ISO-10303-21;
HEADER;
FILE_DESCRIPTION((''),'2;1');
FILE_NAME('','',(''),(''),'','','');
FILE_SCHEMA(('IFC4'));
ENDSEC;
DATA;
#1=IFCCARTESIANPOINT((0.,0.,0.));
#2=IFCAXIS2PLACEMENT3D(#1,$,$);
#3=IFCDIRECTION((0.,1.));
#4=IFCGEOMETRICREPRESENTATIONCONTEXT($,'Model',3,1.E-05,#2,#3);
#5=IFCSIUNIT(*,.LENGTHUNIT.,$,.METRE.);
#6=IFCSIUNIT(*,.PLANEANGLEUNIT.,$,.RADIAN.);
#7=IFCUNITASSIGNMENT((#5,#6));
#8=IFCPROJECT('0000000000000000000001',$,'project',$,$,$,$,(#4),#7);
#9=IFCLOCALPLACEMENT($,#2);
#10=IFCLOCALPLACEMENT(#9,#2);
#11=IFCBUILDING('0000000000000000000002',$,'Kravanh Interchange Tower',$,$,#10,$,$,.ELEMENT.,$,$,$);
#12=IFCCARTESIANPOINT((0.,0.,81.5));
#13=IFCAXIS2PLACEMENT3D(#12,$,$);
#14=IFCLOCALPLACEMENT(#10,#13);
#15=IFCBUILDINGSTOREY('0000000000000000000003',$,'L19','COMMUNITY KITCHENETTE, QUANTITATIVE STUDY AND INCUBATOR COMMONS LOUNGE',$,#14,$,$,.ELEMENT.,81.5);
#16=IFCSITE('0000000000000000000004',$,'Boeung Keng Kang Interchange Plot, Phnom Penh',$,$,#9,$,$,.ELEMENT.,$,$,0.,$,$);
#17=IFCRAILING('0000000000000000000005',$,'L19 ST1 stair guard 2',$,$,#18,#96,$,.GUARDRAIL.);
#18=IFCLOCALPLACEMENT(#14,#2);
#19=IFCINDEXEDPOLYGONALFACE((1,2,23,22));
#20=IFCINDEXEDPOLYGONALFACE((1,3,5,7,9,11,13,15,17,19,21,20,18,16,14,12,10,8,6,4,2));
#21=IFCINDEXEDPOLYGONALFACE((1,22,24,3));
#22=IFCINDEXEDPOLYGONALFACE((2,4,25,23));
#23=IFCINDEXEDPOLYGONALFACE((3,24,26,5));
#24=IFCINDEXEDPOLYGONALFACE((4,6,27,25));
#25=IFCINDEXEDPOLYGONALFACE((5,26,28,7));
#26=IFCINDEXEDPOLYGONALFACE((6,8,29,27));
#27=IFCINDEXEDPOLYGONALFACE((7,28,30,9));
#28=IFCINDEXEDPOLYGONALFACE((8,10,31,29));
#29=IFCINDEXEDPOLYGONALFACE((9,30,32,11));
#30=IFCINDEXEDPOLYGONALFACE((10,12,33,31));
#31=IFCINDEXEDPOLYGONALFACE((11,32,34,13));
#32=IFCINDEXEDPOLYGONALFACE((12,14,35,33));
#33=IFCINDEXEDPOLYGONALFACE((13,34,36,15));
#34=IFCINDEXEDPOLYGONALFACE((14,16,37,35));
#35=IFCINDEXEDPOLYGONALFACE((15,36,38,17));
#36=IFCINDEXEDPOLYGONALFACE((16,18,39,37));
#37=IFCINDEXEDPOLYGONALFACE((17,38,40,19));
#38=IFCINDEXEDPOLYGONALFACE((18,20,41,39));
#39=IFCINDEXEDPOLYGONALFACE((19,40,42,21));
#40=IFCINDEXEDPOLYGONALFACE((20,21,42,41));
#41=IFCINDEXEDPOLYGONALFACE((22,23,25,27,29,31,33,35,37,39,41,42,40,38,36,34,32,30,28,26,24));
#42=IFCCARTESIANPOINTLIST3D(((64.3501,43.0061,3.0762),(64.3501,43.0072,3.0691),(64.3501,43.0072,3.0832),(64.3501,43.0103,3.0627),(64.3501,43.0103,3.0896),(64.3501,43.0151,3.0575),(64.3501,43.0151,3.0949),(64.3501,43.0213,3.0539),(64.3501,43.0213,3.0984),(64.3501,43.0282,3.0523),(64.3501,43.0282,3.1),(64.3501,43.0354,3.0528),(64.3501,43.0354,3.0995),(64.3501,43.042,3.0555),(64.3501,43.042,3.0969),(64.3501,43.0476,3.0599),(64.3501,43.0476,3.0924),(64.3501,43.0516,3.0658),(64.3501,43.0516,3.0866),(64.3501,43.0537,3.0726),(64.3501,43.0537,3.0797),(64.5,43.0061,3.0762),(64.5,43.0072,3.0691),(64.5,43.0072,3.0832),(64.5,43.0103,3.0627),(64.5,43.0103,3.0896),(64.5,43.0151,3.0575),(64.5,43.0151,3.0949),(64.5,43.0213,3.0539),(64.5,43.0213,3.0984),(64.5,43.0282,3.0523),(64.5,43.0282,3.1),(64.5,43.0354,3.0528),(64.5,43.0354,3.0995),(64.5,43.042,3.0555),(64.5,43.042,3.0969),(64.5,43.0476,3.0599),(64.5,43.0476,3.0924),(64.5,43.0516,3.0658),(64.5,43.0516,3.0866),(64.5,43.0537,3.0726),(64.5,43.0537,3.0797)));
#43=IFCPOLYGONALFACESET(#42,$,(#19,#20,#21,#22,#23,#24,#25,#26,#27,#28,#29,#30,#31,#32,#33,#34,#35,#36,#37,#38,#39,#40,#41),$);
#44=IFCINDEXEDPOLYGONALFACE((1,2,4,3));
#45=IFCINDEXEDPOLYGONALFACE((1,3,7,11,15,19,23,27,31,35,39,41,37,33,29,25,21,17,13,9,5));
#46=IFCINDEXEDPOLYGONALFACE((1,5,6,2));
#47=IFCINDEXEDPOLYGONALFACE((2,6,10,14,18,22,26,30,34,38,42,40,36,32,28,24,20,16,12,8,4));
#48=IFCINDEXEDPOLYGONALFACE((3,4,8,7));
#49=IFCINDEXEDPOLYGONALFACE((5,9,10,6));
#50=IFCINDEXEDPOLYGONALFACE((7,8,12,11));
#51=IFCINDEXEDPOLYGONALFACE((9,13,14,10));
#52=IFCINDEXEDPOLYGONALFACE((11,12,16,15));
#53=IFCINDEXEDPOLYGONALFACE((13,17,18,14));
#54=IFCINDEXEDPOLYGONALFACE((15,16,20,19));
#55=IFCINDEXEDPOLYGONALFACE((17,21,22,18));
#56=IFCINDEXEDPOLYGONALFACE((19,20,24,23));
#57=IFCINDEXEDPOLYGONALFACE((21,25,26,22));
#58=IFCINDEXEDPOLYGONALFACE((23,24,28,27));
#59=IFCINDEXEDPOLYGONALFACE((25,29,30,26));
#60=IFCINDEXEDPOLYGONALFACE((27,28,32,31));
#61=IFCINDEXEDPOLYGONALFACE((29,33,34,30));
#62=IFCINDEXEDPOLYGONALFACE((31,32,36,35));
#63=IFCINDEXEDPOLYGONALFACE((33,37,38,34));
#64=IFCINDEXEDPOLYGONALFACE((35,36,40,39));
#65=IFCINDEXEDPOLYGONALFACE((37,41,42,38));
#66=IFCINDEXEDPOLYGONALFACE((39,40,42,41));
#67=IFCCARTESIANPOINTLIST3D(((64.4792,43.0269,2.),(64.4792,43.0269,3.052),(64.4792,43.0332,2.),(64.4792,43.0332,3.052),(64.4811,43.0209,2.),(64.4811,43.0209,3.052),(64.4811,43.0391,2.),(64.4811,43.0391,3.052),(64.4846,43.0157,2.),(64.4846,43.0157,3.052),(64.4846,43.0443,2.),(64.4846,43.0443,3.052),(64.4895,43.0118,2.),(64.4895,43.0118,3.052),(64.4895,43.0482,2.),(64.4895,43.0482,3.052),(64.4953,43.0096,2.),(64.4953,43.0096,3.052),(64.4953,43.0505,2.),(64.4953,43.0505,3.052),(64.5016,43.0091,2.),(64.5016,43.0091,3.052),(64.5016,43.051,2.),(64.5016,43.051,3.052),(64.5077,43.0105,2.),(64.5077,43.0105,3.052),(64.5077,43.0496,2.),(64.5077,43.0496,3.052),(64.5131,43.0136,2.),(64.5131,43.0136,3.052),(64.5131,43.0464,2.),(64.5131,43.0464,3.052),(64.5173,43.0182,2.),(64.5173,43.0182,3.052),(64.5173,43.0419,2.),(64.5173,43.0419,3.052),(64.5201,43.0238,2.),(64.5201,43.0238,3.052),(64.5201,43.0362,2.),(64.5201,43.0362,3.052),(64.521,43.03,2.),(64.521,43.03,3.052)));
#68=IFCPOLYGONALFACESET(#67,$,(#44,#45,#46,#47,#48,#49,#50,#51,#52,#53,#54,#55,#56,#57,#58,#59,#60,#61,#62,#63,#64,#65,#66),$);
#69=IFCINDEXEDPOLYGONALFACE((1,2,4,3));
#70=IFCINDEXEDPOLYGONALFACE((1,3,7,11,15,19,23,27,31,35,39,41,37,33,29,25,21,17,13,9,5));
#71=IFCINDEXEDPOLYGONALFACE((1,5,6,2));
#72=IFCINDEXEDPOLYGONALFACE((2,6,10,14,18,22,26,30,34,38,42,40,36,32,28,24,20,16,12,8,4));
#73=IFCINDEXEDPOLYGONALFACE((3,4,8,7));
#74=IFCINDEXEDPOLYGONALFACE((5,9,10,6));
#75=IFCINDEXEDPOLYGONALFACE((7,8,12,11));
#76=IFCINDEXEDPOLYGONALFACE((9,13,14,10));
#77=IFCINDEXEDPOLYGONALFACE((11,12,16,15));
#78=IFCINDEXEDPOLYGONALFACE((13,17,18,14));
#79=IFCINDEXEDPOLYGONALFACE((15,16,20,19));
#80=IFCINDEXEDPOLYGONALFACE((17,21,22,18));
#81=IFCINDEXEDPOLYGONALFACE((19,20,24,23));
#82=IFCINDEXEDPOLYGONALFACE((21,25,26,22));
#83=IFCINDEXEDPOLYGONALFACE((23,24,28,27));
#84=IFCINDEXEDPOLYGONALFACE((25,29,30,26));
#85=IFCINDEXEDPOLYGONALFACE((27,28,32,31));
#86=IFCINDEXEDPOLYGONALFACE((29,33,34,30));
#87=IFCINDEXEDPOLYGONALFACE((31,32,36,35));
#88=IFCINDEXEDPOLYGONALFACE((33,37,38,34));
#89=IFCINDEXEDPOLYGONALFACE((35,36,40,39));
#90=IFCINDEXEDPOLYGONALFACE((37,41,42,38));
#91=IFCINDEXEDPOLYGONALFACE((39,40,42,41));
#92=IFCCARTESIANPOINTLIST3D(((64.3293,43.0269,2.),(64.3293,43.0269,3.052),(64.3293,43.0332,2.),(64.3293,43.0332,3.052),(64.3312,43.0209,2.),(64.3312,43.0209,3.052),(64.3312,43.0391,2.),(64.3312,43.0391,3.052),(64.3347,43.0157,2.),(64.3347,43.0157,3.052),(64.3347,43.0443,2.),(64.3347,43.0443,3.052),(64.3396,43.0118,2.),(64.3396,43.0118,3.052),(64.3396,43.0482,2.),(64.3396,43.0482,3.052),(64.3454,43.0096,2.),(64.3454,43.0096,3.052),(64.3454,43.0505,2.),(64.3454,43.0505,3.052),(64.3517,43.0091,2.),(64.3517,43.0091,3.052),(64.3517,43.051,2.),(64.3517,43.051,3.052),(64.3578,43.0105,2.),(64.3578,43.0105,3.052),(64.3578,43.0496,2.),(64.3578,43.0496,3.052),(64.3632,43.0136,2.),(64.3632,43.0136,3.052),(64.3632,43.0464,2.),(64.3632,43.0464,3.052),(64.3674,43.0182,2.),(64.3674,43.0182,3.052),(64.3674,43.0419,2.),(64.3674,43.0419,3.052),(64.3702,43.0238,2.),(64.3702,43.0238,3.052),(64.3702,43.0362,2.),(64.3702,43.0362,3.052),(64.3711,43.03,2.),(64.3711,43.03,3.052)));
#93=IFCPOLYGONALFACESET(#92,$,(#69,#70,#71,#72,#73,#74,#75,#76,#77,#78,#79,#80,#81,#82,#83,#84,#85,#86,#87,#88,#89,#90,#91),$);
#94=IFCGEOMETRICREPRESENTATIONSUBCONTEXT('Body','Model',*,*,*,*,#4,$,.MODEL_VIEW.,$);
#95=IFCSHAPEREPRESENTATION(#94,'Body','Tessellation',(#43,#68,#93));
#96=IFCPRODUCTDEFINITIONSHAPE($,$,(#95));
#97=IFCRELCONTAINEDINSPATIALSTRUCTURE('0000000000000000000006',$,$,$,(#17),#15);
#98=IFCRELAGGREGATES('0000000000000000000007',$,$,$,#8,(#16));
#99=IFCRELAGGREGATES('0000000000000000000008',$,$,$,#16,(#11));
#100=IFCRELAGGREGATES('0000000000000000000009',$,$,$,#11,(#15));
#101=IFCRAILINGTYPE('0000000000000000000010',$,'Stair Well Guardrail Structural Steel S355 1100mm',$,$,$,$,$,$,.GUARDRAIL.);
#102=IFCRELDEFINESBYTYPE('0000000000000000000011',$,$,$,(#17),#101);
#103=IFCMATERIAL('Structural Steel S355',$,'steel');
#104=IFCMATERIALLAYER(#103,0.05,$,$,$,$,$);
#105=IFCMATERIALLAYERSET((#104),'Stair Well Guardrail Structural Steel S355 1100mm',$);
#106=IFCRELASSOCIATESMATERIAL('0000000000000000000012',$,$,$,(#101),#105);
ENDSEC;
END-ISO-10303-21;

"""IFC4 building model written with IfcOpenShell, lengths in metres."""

from ifc_helpers import new_model, si_unit, direction, frame, origin, origin_2d, place, context, subcontext, project, spatial, circle, extrude, material, layer, layer_set, type_object, element, save


model = new_model("IFC4")

# Units and contexts
model_context = context("Model", 3, precision=1e-05, world=origin(), true_north=direction((0.0, 1.0)))
body_context = subcontext(model_context, "Body", "Model", "MODEL_VIEW")
ifc_project = project(units=[si_unit("LENGTHUNIT", "METRE"), si_unit("PLANEANGLEUNIT", "RADIAN")], contexts=[model_context])

# Site, building, storey
site_placement = place(None, origin())
site = spatial("IfcSite", under=ifc_project, at=site_placement, Name="Boeung Keng Kang Interchange Plot, Phnom Penh", CompositionType="ELEMENT", RefElevation=0.0)
building_placement = place(site_placement, origin())
building = spatial("IfcBuilding", under=site, at=building_placement, Name="Kravanh Interchange Tower", CompositionType="ELEMENT")
storey_placement = place(building_placement, frame((0.0, 0.0, 81.5)))
storey = spatial("IfcBuildingStorey", under=building, at=storey_placement, Name="L19", Description="COMMUNITY KITCHENETTE, QUANTITATIVE STUDY AND INCUBATOR COMMONS LOUNGE", CompositionType="ELEMENT", Elevation=81.5)

# Railing
ifc_material_1 = material(Name="Structural Steel S355", Category="steel")
ifc_layer_1 = layer(ifc_material_1, 0.05)
ifc_layer_set_1 = layer_set([ifc_layer_1], Name="Stair Well Guardrail Structural Steel S355 1100mm")
railing_type_1 = type_object("IfcRailingType", Name="Stair Well Guardrail Structural Steel S355 1100mm", PredefinedType="GUARDRAIL", material=ifc_layer_set_1)
railing_1_placement = place(storey_placement, frame((64.5, 43.03, 2.0)))
element("IfcRailing", 1, at=railing_1_placement, inside=storey, type_object=railing_type_1, Name="L19 ST1 stair guard 2", PredefinedType="GUARDRAIL", context=body_context, shape_type="SweptSolid", body=[
    extrude(circle(Radius=0.0239, at=origin_2d()), frame((0.0, 0.0, 1.0762), z_axis=(-1.0, 0.0, 0.0), x_axis=(0.0, -1.0, 0.0)), (0.0, 0.0, 1.0), 0.1499),
    extrude(circle(Radius=0.021, at=origin_2d()), origin(), (0.0, 0.0, 1.0), 1.052),
    extrude(circle(Radius=0.021, at=origin_2d()), frame((-0.1499, 0.0, 0.0)), (0.0, 0.0, 1.0), 1.052),
])

save(model, "model.ifc")
